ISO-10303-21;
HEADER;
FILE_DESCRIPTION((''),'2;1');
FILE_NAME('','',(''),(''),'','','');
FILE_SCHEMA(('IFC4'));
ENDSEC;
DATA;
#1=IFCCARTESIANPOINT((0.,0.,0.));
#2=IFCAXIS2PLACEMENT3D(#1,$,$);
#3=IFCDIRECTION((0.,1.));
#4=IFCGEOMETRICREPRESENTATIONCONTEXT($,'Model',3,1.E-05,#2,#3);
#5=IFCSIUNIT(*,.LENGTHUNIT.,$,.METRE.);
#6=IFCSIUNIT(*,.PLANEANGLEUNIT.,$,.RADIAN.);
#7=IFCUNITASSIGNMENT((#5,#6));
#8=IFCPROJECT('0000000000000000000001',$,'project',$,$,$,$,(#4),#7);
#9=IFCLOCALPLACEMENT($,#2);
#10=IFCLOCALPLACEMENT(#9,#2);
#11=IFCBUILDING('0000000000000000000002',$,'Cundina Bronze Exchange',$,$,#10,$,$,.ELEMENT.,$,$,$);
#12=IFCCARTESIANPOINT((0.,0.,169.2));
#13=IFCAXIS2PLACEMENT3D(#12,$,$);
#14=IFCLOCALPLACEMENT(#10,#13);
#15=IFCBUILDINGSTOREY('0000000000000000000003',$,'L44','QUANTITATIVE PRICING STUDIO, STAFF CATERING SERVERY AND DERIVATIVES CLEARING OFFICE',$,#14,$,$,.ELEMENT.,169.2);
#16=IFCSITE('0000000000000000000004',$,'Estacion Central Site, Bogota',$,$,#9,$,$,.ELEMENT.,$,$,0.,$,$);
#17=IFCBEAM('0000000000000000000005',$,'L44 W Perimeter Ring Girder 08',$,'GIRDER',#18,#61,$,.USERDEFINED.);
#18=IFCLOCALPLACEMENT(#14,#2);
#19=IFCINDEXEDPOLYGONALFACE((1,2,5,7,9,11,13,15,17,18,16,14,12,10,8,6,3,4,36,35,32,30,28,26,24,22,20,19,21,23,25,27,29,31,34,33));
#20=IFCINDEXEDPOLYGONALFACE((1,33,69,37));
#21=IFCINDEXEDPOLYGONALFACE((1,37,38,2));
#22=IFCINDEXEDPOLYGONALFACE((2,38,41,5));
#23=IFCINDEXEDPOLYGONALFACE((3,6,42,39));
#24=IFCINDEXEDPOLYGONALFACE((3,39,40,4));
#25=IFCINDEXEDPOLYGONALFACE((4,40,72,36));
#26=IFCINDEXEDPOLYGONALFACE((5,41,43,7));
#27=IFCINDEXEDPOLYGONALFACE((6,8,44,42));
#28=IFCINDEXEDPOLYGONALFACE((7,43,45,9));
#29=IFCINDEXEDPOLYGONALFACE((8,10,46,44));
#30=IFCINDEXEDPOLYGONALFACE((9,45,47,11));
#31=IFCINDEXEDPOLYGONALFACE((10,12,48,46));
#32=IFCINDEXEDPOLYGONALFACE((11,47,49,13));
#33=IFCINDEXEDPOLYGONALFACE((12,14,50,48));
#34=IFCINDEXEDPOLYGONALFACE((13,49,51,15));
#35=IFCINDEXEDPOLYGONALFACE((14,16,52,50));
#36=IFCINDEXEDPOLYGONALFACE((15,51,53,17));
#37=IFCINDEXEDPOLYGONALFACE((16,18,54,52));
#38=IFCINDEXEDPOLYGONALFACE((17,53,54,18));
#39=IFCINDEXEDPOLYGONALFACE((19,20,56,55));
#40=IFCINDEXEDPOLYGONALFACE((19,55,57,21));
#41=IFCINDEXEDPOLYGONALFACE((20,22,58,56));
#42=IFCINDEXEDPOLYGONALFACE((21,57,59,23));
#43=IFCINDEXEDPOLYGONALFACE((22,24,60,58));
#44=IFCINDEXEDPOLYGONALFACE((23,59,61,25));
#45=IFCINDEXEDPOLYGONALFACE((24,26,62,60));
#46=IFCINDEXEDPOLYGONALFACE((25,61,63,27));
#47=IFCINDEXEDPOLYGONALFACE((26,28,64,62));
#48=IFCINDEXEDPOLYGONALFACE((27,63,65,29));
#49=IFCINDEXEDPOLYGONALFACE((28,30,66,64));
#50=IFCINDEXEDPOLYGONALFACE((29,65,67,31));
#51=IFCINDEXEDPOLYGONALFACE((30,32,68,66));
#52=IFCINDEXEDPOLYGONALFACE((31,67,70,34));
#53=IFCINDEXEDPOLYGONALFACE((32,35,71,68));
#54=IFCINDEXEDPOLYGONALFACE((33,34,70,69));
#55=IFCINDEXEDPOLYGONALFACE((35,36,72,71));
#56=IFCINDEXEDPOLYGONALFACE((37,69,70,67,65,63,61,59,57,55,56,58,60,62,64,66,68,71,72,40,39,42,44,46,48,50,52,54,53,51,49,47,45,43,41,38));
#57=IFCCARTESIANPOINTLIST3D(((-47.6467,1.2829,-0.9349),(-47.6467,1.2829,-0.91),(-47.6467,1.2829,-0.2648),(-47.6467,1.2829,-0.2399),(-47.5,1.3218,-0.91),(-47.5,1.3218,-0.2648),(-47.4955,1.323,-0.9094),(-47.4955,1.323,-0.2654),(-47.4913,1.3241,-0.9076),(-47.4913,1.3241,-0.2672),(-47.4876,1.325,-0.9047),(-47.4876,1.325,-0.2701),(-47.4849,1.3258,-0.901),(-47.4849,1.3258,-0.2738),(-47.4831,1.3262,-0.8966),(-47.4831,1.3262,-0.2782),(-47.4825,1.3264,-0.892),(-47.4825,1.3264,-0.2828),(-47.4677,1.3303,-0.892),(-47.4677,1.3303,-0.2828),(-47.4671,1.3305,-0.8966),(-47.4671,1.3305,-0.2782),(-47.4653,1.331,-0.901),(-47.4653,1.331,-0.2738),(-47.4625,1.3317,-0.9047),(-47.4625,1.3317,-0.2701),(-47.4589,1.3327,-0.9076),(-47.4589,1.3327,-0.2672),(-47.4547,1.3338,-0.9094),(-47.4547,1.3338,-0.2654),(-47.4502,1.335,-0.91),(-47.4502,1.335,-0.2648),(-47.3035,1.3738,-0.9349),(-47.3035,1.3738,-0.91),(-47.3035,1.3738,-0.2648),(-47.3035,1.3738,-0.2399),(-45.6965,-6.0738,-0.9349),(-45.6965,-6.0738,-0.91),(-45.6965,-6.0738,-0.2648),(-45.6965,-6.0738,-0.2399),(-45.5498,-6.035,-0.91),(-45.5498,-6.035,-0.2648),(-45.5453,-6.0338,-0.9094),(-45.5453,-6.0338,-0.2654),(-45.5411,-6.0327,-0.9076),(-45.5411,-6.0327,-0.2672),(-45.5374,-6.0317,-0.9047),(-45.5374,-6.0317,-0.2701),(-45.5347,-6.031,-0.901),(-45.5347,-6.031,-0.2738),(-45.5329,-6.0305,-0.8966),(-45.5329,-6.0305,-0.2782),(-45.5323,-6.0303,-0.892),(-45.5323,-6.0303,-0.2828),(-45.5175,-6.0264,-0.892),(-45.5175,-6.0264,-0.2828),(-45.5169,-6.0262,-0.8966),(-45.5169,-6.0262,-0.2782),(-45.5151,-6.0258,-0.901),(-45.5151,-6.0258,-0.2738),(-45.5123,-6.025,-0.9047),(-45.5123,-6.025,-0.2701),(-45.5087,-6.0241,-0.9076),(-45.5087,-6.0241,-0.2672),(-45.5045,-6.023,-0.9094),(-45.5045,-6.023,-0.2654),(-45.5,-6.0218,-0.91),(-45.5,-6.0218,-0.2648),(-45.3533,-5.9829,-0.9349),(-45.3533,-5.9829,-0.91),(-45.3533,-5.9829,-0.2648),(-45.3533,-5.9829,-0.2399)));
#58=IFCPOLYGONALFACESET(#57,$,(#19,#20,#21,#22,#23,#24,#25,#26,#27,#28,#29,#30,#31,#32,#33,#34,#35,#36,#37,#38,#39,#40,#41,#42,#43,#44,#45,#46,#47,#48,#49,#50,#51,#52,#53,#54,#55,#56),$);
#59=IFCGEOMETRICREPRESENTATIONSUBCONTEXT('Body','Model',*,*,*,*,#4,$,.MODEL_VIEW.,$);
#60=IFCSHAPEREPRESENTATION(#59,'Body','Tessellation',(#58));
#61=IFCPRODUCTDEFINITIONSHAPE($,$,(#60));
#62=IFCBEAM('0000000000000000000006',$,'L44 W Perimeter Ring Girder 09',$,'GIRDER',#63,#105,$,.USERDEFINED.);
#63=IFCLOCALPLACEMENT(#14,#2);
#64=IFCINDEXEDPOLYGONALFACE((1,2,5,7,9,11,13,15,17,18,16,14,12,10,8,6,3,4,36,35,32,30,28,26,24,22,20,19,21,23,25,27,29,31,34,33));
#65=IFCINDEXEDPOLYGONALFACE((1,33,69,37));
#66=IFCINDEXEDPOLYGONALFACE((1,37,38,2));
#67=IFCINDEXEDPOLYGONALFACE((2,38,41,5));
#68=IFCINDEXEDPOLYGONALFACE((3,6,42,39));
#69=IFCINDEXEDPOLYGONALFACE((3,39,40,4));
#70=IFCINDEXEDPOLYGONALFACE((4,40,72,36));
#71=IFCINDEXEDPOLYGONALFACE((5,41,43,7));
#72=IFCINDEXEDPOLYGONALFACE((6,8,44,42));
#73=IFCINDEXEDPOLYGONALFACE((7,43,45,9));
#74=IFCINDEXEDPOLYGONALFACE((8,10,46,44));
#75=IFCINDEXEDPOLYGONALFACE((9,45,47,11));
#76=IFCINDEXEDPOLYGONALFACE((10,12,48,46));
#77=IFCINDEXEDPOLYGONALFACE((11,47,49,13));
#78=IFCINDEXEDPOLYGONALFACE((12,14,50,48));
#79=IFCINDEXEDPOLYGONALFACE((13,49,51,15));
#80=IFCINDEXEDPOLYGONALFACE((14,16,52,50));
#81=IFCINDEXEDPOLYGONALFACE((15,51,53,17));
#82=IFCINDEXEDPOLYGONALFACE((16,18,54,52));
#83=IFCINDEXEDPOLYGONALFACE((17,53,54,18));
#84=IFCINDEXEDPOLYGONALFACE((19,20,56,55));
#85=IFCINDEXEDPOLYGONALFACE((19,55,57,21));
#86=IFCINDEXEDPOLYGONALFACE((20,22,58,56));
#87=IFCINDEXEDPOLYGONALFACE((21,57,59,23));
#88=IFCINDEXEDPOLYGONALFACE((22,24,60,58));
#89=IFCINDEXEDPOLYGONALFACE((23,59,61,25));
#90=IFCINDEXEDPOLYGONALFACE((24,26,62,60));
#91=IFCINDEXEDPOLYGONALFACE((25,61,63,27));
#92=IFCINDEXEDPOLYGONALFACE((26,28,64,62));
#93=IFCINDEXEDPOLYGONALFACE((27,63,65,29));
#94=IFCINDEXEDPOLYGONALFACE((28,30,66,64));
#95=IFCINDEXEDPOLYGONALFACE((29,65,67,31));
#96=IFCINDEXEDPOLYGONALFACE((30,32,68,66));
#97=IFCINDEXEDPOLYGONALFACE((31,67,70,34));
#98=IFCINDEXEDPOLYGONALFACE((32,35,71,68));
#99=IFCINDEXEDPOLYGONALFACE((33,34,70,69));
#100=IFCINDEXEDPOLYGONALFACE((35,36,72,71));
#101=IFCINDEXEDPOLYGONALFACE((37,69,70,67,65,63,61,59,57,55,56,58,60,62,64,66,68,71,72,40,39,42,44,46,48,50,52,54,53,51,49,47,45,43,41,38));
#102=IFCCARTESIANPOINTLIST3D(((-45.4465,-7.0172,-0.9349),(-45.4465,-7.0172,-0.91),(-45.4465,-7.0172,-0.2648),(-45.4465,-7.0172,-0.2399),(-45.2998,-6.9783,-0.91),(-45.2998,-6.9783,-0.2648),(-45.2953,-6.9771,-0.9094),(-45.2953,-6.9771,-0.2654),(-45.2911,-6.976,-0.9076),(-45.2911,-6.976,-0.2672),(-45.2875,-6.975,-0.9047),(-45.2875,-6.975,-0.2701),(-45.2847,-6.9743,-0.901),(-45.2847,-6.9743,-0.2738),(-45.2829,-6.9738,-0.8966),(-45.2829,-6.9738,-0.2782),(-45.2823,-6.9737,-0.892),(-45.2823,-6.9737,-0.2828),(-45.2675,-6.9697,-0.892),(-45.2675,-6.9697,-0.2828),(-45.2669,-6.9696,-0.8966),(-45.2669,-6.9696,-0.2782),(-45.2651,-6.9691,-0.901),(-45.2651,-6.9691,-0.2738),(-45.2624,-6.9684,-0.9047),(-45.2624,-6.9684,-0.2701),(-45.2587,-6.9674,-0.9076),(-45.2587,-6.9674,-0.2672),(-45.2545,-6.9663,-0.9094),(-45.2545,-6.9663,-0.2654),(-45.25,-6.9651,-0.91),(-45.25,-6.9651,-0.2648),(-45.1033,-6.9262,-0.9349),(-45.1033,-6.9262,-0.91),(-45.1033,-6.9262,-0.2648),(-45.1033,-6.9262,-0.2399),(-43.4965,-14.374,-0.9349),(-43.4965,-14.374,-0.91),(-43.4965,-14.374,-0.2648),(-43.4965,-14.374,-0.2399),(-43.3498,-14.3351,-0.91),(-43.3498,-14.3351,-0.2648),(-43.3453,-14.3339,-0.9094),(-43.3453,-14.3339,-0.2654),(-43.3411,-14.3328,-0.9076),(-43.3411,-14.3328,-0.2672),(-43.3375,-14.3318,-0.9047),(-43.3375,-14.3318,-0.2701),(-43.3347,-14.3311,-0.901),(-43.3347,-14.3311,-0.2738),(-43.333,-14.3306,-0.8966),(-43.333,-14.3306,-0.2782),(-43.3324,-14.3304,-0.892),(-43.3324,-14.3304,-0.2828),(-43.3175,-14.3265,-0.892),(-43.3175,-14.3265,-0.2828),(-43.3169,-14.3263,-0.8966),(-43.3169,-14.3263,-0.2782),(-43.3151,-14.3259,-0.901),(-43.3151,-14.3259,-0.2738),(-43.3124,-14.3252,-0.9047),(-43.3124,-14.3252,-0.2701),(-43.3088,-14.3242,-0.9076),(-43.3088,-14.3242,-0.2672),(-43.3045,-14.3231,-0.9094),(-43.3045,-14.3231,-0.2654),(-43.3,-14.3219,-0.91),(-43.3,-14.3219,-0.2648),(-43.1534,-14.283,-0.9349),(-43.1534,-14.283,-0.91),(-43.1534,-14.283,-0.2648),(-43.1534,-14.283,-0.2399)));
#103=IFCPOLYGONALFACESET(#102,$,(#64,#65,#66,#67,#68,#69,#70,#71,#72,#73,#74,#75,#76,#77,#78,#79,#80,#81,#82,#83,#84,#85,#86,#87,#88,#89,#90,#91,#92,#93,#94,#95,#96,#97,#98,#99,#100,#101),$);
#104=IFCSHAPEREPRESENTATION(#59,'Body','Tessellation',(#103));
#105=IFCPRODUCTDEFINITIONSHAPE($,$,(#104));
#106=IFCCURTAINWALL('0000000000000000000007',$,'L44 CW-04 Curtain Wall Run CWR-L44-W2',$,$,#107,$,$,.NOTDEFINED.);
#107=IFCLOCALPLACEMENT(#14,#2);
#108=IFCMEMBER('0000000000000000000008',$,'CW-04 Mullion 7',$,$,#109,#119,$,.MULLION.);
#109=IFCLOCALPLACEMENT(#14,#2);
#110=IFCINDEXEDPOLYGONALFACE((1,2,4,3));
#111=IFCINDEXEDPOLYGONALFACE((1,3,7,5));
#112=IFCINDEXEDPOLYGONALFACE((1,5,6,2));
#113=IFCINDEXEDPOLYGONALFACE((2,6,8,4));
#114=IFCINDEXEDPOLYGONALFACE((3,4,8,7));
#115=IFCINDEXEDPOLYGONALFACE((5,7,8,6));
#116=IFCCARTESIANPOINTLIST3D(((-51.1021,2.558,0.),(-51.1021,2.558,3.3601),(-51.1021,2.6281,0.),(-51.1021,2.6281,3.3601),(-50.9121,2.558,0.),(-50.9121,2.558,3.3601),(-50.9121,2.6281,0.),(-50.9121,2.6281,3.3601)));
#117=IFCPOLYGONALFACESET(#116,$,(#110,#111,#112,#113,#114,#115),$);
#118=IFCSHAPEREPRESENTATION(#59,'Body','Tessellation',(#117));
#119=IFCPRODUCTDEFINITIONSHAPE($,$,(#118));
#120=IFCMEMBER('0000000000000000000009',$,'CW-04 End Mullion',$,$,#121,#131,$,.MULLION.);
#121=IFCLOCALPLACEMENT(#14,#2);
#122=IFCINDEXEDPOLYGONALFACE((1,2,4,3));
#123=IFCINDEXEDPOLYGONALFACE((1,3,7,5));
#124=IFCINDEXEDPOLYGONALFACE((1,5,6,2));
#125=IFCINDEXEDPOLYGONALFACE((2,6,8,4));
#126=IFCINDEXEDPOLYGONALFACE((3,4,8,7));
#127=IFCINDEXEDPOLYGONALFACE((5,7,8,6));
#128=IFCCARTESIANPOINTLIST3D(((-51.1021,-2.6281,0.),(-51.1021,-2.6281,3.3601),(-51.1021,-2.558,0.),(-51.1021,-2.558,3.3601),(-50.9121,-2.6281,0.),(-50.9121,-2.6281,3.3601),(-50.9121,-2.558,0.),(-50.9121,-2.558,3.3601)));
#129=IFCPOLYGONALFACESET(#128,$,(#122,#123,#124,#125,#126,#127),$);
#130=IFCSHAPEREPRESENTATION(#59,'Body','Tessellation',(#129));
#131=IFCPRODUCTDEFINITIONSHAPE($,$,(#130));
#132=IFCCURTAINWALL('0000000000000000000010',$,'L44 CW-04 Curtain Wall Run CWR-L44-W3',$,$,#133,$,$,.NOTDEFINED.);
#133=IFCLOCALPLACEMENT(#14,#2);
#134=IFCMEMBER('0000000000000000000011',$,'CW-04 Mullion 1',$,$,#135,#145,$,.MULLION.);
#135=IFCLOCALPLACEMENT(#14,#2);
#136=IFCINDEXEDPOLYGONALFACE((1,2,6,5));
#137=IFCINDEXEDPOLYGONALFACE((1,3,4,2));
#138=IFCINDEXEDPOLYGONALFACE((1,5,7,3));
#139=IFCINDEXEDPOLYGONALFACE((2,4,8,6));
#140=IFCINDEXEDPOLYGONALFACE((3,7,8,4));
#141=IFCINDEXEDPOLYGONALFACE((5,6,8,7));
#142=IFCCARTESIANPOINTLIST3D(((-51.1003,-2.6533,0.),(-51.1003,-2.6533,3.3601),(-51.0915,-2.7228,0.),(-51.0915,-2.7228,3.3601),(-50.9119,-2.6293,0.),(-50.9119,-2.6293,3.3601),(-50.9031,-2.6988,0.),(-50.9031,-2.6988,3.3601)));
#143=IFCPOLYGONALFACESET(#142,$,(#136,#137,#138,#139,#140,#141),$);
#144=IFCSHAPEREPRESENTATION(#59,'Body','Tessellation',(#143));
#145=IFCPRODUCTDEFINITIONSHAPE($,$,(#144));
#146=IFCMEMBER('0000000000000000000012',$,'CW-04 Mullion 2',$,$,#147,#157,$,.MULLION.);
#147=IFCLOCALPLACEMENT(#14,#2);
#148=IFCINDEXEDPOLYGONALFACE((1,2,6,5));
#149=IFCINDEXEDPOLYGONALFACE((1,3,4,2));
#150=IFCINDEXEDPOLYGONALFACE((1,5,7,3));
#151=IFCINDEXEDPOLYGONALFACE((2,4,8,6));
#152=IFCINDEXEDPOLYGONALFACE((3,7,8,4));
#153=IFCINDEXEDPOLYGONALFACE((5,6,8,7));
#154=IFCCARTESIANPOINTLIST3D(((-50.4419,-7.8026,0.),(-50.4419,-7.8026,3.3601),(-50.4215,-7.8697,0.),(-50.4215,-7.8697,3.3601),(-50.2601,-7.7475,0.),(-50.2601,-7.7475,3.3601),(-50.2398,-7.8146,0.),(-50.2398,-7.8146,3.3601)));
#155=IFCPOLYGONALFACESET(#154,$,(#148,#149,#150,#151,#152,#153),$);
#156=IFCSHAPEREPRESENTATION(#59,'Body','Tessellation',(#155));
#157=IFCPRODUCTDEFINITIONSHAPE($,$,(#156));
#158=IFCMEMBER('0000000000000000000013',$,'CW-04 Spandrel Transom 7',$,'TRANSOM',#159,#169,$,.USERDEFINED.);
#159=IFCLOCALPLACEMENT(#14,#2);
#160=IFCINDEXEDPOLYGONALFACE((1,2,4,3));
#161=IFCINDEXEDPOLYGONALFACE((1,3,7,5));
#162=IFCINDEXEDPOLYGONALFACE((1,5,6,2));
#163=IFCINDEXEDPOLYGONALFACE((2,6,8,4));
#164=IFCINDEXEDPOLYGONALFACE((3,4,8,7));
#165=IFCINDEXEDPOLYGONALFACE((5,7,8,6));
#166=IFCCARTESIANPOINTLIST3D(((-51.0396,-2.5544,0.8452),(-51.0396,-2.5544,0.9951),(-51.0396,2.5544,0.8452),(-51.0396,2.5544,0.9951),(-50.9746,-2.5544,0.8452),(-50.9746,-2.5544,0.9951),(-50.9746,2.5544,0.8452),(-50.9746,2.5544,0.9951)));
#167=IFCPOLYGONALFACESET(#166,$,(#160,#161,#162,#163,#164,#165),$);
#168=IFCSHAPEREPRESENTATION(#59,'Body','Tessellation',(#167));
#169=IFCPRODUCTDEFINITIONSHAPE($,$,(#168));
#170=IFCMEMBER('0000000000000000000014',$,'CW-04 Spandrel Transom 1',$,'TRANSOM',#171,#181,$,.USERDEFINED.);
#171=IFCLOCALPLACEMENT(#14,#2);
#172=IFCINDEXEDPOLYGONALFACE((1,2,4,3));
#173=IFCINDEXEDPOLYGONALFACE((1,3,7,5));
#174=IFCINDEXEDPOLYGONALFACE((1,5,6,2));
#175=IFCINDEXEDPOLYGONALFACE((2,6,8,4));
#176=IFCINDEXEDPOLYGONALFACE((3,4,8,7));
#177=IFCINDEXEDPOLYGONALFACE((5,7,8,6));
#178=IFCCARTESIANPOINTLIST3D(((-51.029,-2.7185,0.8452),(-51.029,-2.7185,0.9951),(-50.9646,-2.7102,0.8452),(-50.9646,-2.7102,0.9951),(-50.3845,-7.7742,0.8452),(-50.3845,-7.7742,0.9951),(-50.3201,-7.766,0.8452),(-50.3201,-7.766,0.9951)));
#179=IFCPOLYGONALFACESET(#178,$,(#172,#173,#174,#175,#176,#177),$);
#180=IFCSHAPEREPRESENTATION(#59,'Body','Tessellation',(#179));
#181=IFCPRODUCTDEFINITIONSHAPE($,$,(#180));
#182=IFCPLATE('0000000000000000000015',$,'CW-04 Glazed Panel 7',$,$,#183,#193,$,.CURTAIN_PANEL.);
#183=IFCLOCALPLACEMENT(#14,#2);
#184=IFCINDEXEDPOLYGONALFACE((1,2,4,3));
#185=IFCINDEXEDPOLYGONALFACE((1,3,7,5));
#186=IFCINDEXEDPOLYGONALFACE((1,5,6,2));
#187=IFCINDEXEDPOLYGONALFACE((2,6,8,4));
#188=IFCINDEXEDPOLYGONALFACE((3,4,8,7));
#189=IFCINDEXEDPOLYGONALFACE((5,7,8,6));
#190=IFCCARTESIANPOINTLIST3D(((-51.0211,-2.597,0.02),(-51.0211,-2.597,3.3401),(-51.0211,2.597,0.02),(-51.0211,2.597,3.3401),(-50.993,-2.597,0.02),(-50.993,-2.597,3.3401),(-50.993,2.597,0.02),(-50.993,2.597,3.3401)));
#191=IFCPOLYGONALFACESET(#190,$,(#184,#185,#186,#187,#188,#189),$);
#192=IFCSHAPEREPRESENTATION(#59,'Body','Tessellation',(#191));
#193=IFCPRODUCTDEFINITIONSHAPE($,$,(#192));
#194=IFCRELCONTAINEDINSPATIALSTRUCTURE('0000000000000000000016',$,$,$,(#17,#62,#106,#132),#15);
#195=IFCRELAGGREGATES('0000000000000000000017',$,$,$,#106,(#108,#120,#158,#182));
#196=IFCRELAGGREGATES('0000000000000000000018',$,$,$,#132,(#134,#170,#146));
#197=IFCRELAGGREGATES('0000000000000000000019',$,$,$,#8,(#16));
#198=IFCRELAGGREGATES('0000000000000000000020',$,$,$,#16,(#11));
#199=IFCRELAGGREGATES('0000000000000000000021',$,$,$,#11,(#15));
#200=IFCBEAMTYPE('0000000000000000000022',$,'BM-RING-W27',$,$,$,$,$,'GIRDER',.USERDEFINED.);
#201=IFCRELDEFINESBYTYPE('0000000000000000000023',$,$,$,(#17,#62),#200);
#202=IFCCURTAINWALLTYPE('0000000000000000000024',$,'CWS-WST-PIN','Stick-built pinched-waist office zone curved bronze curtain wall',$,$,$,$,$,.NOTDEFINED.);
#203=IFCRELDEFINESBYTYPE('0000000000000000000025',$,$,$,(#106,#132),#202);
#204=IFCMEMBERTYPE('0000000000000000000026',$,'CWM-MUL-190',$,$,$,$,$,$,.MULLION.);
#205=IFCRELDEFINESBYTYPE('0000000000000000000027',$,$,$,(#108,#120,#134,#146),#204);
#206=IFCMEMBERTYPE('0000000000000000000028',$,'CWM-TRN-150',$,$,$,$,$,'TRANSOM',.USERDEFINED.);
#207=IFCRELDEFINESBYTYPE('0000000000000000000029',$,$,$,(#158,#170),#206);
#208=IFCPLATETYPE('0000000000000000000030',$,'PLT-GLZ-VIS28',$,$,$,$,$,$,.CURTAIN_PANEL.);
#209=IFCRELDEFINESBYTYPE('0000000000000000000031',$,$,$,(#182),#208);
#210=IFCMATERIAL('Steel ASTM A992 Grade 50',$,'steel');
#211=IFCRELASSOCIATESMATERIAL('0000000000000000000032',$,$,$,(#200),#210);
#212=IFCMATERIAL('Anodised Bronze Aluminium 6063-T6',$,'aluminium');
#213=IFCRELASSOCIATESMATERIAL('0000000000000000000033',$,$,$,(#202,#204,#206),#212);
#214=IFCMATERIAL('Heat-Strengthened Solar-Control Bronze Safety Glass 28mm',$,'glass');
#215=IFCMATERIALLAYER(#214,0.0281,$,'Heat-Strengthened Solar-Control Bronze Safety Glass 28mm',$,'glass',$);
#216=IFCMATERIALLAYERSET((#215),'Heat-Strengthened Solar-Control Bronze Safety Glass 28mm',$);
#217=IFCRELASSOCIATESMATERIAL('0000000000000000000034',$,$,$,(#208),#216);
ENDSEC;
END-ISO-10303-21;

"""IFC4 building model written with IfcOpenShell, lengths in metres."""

from ifc_helpers import new_model, si_unit, direction, frame, origin, origin_2d, place, context, subcontext, project, spatial, rectangle, i_section, extrude, material, layer, layer_set, material_profile, profile_set, type_object, element, aggregate, save


model = new_model("IFC4")

# Units and contexts
model_context = context("Model", 3, precision=1e-05, world=origin(), true_north=direction((0.0, 1.0)))
body_context = subcontext(model_context, "Body", "Model", "MODEL_VIEW")
ifc_project = project(units=[si_unit("LENGTHUNIT", "METRE"), si_unit("PLANEANGLEUNIT", "RADIAN")], contexts=[model_context])

# Site, building, storey
site_placement = place(None, origin())
site = spatial("IfcSite", under=ifc_project, at=site_placement, Name="Estacion Central Site, Bogota", CompositionType="ELEMENT", RefElevation=0.0)
building_placement = place(site_placement, origin())
building = spatial("IfcBuilding", under=site, at=building_placement, Name="Cundina Bronze Exchange", CompositionType="ELEMENT")
storey_placement = place(building_placement, frame((0.0, 0.0, 169.2)))
storey = spatial("IfcBuildingStorey", under=building, at=storey_placement, Name="L44", Description="QUANTITATIVE PRICING STUDIO, STAFF CATERING SERVERY AND DERIVATIVES CLEARING OFFICE", CompositionType="ELEMENT", Elevation=169.2)

# Shared definitions
ifc_material_1 = material(Name="Steel ASTM A992 Grade 50", Category="steel")

# Beams
ifc_material_profile_1 = material_profile(ifc_material_1, i_section(OverallWidth=0.355, OverallDepth=0.6951, WebThickness=0.0154, FlangeThickness=0.0249, FilletRadius=0.0181, at=origin_2d()), Name="W27X146", Category="steel")
ifc_profile_set_1 = profile_set([ifc_material_profile_1], Name="Steel ASTM A992 Grade 50")
beam_type_1 = type_object("IfcBeamType", Name="BM-RING-W27", ElementType="GIRDER", PredefinedType="USERDEFINED", material=ifc_profile_set_1)
for number, where, z_axis, x_axis, name in (
    (1, (-47.4751, 1.3284, -0.5874), (0.256241, -0.966613, 0.0), (0.966613, 0.256241, 0.0), "L44 W Perimeter Ring Girder 08"),
    (2, (-45.2749, -6.9717, -0.5874), (0.256211, -0.966621, 0.0), (0.966621, 0.256211, 0.0), "L44 W Perimeter Ring Girder 09"),
):
    element("IfcBeam", number, at=place(storey_placement, frame(where, z_axis=z_axis, x_axis=x_axis)), inside=storey, type_object=beam_type_1, Name=name, ObjectType="GIRDER", PredefinedType="USERDEFINED", context=body_context, shape_type="SweptSolid", body=[
        extrude(i_section(OverallWidth=0.355, OverallDepth=0.6951, WebThickness=0.0154, FlangeThickness=0.0249, FilletRadius=0.0181, at=origin_2d()), origin(), (0.0, 0.0, 1.0), 7.6108),
    ])

# Curtain walls, members
ifc_material_2 = material(Name="Anodised Bronze Aluminium 6063-T6", Category="aluminium")
curtain_wall_type = type_object("IfcCurtainWallType", Name="CWS-WST-PIN", Description="Stick-built pinched-waist office zone curved bronze curtain wall", PredefinedType="NOTDEFINED", material=ifc_material_2)
curtain_wall_1_placement = place(storey_placement, origin())
curtain_wall_1 = element("IfcCurtainWall", 3, at=curtain_wall_1_placement, inside=storey, type_object=curtain_wall_type, Name="L44 CW-04 Curtain Wall Run CWR-L44-W2", PredefinedType="NOTDEFINED")
ifc_material_profile_2 = material_profile(ifc_material_2, rectangle(XDim=0.0701, YDim=0.1899, at=origin_2d()), Name="AL70X190", Category="aluminium")
ifc_profile_set_2 = profile_set([ifc_material_profile_2], Name="Anodised Bronze Aluminium 6063-T6")
member_type_1 = type_object("IfcMemberType", Name="CWM-MUL-190", PredefinedType="MULLION", material=ifc_profile_set_2)
member_1_placement = place(storey_placement, frame((-51.0071, 2.593, 0.0), z_axis=(0.0, 0.0, 1.0), x_axis=(0.0, -1.0, 0.0)))
member_1 = element("IfcMember", 4, at=member_1_placement, type_object=member_type_1, Name="CW-04 Mullion 7", PredefinedType="MULLION", context=body_context, shape_type="SweptSolid", body=[
    extrude(rectangle(XDim=0.0701, YDim=0.1899, at=origin_2d()), origin(), (0.0, 0.0, 1.0), 3.3601),
])
member_2_placement = place(storey_placement, frame((-51.0071, -2.593, 0.0), z_axis=(0.0, 0.0, 1.0), x_axis=(0.0, -1.0, 0.0)))
member_2 = element("IfcMember", 5, at=member_2_placement, type_object=member_type_1, Name="CW-04 End Mullion", PredefinedType="MULLION", context=body_context, shape_type="SweptSolid", body=[
    extrude(rectangle(XDim=0.0701, YDim=0.1899, at=origin_2d()), origin(), (0.0, 0.0, 1.0), 3.3601),
])
curtain_wall_2_placement = place(storey_placement, origin())
curtain_wall_2 = element("IfcCurtainWall", 6, at=curtain_wall_2_placement, inside=storey, type_object=curtain_wall_type, Name="L44 CW-04 Curtain Wall Run CWR-L44-W3", PredefinedType="NOTDEFINED")
member_3_placement = place(storey_placement, frame((-51.0017, -2.676, 0.0), z_axis=(0.0, 0.0, 1.0), x_axis=(0.126545, -0.991961, 0.0)))
member_3 = element("IfcMember", 7, at=member_3_placement, type_object=member_type_1, Name="CW-04 Mullion 1", PredefinedType="MULLION", context=body_context, shape_type="SweptSolid", body=[
    extrude(rectangle(XDim=0.0701, YDim=0.1899, at=origin_2d()), origin(), (0.0, 0.0, 1.0), 3.3601),
])
member_4_placement = place(storey_placement, frame((-50.3408, -7.8086, 0.0), z_axis=(0.0, 0.0, 1.0), x_axis=(0.290034, -0.957016, 0.0)))
member_4 = element("IfcMember", 8, at=member_4_placement, type_object=member_type_1, Name="CW-04 Mullion 2", PredefinedType="MULLION", context=body_context, shape_type="SweptSolid", body=[
    extrude(rectangle(XDim=0.0701, YDim=0.1899, at=origin_2d()), origin(), (0.0, 0.0, 1.0), 3.3601),
])

# Members
ifc_material_profile_3 = material_profile(ifc_material_2, rectangle(XDim=0.0649, YDim=0.1499, at=origin_2d()), Name="AL65X150", Category="aluminium")
ifc_profile_set_3 = profile_set([ifc_material_profile_3], Name="Anodised Bronze Aluminium 6063-T6")
member_type_2 = type_object("IfcMemberType", Name="CWM-TRN-150", ElementType="TRANSOM", PredefinedType="USERDEFINED", material=ifc_profile_set_3)
member_5_placement = place(storey_placement, frame((-51.0071, 2.5544, 0.9202), z_axis=(0.0, -1.0, 0.0), x_axis=(1.0, 0.0, 0.0)))
member_5 = element("IfcMember", 9, at=member_5_placement, type_object=member_type_2, Name="CW-04 Spandrel Transom 7", ObjectType="TRANSOM", PredefinedType="USERDEFINED", context=body_context, shape_type="SweptSolid", body=[
    extrude(rectangle(XDim=0.0649, YDim=0.1499, at=origin_2d()), origin(), (0.0, 0.0, 1.0), 5.1089),
])
member_6_placement = place(storey_placement, frame((-50.9968, -2.7144, 0.9202), z_axis=(0.126463, -0.991971, 0.0), x_axis=(0.991971, 0.126463, 0.0)))
member_6 = element("IfcMember", 10, at=member_6_placement, type_object=member_type_2, Name="CW-04 Spandrel Transom 1", ObjectType="TRANSOM", PredefinedType="USERDEFINED", context=body_context, shape_type="SweptSolid", body=[
    extrude(rectangle(XDim=0.0649, YDim=0.1499, at=origin_2d()), origin(), (0.0, 0.0, 1.0), 5.0967),
])

# Plate
ifc_material_3 = material(Name="Heat-Strengthened Solar-Control Bronze Safety Glass 28mm", Category="glass")
ifc_layer_1 = layer(ifc_material_3, 0.0281, Name="Heat-Strengthened Solar-Control Bronze Safety Glass 28mm", Category="glass")
ifc_layer_set_1 = layer_set([ifc_layer_1], Name="Heat-Strengthened Solar-Control Bronze Safety Glass 28mm")
plate_type = type_object("IfcPlateType", Name="PLT-GLZ-VIS28", PredefinedType="CURTAIN_PANEL", material=ifc_layer_set_1)
plate_1_placement = place(storey_placement, frame((-51.0071, 0.0, 0.02), z_axis=(0.0, 0.0, 1.0), x_axis=(0.0, -1.0, 0.0)))
plate_1 = element("IfcPlate", 11, at=plate_1_placement, type_object=plate_type, Name="CW-04 Glazed Panel 7", PredefinedType="CURTAIN_PANEL", context=body_context, shape_type="SweptSolid", body=[
    extrude(rectangle(XDim=5.1941, YDim=0.0281, at=origin_2d()), origin(), (0.0, 0.0, 1.0), 3.3201),
])
aggregate(curtain_wall_1, [member_1, member_2, member_5, plate_1])
aggregate(curtain_wall_2, [member_3, member_6, member_4])

save(model, "model.ifc")
